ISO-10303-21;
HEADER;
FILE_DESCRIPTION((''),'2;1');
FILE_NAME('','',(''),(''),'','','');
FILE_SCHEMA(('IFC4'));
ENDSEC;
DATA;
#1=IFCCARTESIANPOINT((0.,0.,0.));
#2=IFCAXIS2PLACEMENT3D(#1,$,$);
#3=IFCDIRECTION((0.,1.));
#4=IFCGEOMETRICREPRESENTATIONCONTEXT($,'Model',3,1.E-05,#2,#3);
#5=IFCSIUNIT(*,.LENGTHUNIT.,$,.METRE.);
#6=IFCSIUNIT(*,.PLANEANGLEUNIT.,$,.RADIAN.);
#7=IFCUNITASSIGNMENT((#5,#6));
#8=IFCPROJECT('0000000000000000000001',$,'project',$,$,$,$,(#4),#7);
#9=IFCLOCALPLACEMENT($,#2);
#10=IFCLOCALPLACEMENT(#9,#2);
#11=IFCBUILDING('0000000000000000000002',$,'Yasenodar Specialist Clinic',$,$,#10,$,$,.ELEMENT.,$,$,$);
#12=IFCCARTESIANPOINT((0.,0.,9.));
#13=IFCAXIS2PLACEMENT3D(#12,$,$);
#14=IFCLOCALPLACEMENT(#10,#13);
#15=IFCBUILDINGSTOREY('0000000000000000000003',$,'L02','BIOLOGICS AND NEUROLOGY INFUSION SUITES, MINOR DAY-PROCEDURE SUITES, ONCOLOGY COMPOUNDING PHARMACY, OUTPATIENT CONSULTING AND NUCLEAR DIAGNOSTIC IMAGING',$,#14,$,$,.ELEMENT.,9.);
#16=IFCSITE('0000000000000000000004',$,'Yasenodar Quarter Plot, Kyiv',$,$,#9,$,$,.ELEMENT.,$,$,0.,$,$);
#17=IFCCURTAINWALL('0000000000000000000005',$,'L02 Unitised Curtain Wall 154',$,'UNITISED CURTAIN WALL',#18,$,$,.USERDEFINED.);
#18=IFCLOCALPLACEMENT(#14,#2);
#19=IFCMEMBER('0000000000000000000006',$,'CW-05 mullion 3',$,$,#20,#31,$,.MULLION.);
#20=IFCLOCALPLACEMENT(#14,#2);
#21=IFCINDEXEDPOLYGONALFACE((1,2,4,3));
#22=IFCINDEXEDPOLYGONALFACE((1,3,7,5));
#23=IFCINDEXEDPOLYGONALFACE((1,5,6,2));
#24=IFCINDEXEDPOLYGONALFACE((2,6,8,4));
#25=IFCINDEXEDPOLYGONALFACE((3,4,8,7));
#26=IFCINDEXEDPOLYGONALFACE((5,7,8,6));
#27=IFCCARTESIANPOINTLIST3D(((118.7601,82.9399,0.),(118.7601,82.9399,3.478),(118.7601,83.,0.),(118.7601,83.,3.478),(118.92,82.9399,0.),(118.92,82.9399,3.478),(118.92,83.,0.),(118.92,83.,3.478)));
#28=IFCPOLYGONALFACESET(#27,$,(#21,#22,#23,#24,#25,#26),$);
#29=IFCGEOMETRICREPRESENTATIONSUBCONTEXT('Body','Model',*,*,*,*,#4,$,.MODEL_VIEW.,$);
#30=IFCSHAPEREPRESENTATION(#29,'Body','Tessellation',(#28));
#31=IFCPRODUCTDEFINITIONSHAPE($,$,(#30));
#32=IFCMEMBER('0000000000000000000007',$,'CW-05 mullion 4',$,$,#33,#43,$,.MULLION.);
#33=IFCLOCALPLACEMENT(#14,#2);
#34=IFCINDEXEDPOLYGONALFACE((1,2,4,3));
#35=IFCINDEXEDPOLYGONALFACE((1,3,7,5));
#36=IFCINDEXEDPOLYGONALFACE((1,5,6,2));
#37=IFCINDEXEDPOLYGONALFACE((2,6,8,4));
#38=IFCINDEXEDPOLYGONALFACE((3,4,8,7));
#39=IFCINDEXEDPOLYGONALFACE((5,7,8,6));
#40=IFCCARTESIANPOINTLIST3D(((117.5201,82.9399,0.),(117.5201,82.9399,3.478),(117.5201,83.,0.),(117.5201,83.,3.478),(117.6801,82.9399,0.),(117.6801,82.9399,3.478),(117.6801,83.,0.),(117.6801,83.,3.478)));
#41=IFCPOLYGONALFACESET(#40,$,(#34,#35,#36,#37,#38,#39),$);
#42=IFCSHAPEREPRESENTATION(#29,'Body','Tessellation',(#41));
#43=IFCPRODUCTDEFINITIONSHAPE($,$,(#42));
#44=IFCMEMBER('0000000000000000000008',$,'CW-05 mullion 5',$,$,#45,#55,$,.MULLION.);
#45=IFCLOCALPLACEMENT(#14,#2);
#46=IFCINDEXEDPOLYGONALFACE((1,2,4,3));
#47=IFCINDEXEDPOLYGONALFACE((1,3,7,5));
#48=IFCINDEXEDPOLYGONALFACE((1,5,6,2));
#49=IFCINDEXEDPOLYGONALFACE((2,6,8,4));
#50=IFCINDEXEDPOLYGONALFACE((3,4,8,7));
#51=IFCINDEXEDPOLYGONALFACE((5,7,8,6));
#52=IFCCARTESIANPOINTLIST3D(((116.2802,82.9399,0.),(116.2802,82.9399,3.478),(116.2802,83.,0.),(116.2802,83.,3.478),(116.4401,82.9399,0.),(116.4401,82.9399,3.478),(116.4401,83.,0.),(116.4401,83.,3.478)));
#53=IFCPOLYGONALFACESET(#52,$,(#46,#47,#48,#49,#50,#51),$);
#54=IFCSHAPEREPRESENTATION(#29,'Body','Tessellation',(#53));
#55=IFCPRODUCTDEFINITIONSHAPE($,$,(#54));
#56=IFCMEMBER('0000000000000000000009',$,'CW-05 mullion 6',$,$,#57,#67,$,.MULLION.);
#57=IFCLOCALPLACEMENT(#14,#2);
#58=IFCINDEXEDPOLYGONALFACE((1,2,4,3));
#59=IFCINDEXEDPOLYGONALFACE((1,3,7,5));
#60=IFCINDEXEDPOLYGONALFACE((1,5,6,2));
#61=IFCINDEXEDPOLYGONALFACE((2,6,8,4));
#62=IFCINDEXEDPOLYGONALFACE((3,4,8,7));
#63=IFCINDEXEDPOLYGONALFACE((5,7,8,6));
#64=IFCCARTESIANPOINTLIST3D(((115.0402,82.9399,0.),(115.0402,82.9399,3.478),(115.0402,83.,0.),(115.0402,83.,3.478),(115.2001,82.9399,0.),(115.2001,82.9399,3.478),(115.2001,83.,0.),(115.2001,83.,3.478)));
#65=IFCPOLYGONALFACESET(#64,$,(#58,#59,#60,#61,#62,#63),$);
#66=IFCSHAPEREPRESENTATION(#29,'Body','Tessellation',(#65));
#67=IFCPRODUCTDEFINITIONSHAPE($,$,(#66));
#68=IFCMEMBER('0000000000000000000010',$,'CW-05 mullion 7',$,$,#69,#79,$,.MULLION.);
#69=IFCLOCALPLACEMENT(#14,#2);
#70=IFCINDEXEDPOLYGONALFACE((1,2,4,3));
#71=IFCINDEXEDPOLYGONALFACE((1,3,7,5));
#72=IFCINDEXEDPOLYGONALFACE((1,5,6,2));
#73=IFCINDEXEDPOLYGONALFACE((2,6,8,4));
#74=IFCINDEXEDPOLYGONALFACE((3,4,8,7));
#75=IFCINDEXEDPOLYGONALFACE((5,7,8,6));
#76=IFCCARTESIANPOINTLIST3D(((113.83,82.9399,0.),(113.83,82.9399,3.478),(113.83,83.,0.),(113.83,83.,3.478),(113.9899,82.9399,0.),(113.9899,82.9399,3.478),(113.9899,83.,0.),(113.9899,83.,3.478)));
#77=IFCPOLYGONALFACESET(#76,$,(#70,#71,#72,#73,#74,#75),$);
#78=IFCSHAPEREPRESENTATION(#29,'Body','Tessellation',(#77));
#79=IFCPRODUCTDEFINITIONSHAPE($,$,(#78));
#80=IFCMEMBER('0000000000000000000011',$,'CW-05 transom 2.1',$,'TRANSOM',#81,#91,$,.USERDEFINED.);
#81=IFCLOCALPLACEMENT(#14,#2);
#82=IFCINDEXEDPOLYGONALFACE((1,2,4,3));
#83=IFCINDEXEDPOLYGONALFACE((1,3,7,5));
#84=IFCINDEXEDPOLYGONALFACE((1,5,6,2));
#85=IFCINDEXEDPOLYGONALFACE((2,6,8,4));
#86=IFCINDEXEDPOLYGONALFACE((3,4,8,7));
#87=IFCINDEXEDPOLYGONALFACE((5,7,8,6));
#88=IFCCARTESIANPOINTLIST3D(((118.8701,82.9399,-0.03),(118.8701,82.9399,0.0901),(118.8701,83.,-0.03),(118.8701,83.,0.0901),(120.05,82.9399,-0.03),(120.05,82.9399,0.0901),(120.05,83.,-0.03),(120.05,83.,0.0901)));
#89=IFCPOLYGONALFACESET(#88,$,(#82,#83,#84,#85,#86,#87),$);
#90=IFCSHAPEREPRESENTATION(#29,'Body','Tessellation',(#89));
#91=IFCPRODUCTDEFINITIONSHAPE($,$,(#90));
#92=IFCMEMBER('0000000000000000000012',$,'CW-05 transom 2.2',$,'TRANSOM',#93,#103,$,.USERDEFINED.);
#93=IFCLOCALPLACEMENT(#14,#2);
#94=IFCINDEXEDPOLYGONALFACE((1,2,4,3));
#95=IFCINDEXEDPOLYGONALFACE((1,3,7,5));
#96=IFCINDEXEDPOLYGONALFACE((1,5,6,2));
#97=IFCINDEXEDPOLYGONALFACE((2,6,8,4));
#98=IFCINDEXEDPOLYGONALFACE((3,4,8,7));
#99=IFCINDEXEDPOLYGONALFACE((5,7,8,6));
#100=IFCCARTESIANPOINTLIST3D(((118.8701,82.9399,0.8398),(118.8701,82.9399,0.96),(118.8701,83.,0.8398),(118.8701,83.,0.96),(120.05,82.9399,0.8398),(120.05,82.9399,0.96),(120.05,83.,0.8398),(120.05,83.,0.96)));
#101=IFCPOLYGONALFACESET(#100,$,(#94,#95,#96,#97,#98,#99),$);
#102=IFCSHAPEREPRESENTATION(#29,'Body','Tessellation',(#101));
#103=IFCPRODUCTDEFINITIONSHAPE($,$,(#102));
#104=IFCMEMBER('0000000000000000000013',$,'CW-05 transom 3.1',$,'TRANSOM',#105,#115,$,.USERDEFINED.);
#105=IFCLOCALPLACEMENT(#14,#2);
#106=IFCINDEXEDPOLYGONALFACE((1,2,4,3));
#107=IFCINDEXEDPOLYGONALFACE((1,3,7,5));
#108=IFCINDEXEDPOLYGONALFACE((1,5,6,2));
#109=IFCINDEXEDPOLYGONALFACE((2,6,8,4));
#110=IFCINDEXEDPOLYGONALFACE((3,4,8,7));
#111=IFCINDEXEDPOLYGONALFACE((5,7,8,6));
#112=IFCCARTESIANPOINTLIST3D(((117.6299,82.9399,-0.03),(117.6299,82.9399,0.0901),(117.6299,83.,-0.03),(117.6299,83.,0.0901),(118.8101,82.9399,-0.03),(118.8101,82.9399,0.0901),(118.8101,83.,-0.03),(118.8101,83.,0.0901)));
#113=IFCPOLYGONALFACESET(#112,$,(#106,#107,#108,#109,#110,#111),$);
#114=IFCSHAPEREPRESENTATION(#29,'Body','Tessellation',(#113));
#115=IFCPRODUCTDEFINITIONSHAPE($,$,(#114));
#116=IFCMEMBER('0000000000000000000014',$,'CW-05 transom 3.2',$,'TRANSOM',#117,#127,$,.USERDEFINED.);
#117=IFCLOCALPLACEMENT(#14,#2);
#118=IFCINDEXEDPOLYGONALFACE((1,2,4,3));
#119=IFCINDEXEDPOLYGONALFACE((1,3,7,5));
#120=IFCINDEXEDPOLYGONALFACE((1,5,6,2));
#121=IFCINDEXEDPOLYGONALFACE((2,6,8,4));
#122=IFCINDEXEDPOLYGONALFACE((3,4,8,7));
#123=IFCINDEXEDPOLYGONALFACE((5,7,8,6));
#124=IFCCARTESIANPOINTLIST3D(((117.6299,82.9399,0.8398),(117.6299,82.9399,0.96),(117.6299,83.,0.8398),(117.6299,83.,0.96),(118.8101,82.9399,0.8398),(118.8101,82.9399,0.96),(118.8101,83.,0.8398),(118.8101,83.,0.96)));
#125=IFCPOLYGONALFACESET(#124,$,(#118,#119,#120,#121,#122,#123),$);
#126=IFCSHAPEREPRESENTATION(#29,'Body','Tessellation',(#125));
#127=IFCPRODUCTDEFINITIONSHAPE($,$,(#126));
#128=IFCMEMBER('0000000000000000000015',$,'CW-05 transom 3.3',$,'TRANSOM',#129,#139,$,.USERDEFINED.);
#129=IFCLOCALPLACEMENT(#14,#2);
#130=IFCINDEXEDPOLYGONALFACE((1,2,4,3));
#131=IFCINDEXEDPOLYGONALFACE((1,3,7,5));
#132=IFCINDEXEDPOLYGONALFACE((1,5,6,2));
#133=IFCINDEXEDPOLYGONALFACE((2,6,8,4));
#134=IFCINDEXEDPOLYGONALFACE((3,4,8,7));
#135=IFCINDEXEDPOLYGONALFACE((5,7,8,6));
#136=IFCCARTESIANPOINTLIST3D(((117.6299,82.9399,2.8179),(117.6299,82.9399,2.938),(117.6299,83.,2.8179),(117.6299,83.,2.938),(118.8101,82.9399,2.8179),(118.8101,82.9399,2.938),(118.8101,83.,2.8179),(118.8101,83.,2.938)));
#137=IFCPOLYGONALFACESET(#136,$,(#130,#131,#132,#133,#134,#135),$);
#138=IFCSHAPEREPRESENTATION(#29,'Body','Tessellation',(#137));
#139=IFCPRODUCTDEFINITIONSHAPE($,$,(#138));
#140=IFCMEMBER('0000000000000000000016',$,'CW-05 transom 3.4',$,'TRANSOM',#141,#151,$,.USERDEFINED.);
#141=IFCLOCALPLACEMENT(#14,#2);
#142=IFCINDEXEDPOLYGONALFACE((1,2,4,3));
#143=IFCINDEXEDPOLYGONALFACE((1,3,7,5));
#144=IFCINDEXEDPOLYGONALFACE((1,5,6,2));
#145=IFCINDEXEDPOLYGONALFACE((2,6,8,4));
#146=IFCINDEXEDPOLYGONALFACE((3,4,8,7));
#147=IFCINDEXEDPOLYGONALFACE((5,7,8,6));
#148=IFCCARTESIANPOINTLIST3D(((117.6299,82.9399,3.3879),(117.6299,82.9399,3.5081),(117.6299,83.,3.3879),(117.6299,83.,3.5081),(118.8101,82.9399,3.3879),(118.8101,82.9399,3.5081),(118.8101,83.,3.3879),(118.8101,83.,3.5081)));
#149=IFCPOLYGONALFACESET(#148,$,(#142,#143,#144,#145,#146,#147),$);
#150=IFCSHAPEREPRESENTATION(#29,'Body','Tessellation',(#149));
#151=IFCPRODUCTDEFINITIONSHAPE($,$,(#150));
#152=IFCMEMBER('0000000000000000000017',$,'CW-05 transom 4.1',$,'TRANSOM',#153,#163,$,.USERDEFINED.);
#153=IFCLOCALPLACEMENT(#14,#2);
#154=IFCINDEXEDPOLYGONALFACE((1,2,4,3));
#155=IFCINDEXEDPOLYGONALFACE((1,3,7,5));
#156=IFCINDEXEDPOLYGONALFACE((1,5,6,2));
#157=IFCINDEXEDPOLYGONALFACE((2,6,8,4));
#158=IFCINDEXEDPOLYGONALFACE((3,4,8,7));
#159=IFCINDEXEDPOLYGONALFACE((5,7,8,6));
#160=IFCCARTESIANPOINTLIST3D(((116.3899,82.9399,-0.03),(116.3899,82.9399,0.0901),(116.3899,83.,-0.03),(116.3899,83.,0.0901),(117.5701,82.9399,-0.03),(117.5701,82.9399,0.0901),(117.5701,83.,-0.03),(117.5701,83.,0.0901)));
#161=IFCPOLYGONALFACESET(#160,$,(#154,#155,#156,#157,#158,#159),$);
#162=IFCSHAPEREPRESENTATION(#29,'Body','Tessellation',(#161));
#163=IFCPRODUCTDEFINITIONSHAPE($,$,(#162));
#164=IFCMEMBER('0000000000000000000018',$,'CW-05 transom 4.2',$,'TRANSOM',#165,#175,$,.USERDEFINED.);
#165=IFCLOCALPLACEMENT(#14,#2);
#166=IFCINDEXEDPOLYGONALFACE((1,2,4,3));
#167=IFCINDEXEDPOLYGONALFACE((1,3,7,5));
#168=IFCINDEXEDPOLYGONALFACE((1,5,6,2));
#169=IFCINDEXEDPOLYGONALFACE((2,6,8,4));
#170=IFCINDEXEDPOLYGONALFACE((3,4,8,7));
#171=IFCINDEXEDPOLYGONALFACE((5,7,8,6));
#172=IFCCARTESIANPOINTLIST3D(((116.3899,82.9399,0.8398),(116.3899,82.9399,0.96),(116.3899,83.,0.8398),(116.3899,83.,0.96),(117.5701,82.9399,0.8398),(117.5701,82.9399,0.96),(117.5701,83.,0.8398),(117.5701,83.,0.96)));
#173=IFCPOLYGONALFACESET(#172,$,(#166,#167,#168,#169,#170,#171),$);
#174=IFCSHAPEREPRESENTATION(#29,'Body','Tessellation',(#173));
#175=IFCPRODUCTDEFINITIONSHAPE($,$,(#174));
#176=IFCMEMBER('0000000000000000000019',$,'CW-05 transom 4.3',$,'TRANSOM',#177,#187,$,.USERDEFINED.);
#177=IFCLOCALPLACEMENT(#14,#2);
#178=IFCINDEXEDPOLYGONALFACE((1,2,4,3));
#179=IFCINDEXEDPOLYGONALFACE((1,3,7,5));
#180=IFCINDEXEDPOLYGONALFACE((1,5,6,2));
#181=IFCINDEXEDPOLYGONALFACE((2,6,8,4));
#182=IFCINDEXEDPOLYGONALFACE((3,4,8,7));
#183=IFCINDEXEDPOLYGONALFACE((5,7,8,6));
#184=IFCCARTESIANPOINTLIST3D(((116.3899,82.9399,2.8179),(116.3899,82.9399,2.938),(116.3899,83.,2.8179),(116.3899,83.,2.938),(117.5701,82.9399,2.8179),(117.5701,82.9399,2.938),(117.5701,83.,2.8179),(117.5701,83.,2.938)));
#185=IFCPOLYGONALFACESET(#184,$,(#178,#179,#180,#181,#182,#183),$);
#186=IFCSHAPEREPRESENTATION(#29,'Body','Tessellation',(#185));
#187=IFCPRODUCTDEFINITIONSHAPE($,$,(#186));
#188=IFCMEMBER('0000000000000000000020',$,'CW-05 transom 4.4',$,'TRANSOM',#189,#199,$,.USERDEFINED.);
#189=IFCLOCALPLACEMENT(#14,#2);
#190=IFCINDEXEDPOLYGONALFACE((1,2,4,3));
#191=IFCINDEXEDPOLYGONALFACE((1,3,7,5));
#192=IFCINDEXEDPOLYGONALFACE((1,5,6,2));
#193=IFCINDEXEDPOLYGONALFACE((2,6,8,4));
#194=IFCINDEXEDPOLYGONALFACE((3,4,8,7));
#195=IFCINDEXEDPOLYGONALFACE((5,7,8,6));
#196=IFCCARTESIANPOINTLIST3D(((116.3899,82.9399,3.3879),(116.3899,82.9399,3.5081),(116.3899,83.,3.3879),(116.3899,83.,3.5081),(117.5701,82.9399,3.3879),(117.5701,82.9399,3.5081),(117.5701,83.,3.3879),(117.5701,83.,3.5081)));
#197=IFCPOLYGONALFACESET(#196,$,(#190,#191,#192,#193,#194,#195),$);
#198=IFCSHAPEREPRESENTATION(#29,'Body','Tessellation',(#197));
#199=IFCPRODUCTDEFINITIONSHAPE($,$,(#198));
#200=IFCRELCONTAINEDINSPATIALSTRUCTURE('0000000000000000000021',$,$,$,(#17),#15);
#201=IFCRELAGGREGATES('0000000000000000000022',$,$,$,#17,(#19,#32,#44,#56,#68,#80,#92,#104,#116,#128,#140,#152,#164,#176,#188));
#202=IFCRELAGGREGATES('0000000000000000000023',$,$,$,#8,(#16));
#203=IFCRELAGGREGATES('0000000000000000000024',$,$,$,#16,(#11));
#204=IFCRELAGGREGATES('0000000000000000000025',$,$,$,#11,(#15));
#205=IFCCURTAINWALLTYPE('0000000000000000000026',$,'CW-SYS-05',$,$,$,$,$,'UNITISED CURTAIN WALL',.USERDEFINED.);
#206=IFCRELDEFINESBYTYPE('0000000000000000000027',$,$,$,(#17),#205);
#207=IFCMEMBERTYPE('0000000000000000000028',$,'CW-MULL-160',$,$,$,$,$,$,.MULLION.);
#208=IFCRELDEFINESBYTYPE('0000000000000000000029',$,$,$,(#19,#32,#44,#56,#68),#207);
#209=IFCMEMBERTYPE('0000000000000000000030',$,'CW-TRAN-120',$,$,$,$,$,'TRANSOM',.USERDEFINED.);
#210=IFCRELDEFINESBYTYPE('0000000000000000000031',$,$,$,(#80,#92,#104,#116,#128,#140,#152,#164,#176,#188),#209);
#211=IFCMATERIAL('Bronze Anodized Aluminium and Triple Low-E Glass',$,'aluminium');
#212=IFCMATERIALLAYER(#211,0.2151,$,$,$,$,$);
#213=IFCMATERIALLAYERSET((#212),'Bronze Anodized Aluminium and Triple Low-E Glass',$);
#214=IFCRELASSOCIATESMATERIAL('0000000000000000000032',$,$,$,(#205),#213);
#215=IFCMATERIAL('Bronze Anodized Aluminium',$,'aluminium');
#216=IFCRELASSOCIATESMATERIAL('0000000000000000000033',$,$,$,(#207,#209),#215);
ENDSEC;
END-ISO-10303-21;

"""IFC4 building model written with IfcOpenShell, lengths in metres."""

from ifc_helpers import new_model, si_unit, direction, frame, origin, origin_2d, place, context, subcontext, project, spatial, rectangle, extrude, material, layer, layer_set, material_profile, profile_set, type_object, element, aggregate, save


model = new_model("IFC4")

# Units and contexts
model_context = context("Model", 3, precision=1e-05, world=origin(), true_north=direction((0.0, 1.0)))
body_context = subcontext(model_context, "Body", "Model", "MODEL_VIEW")
ifc_project = project(units=[si_unit("LENGTHUNIT", "METRE"), si_unit("PLANEANGLEUNIT", "RADIAN")], contexts=[model_context])

# Site, building, storey
site_placement = place(None, origin())
site = spatial("IfcSite", under=ifc_project, at=site_placement, Name="Yasenodar Quarter Plot, Kyiv", CompositionType="ELEMENT", RefElevation=0.0)
building_placement = place(site_placement, origin())
building = spatial("IfcBuilding", under=site, at=building_placement, Name="Yasenodar Specialist Clinic", CompositionType="ELEMENT")
storey_placement = place(building_placement, frame((0.0, 0.0, 9.0)))
storey = spatial("IfcBuildingStorey", under=building, at=storey_placement, Name="L02", Description="BIOLOGICS AND NEUROLOGY INFUSION SUITES, MINOR DAY-PROCEDURE SUITES, ONCOLOGY COMPOUNDING PHARMACY, OUTPATIENT CONSULTING AND NUCLEAR DIAGNOSTIC IMAGING", CompositionType="ELEMENT", Elevation=9.0)

# Curtain wall, members
ifc_material_1 = material(Name="Bronze Anodized Aluminium and Triple Low-E Glass", Category="aluminium")
ifc_layer_1 = layer(ifc_material_1, 0.2151)
ifc_layer_set_1 = layer_set([ifc_layer_1], Name="Bronze Anodized Aluminium and Triple Low-E Glass")
curtain_wall_type = type_object("IfcCurtainWallType", Name="CW-SYS-05", ElementType="UNITISED CURTAIN WALL", PredefinedType="USERDEFINED", material=ifc_layer_set_1)
curtain_wall_placement = place(storey_placement, origin())
curtain_wall = element("IfcCurtainWall", 1, at=curtain_wall_placement, inside=storey, type_object=curtain_wall_type, Name="L02 Unitised Curtain Wall 154", ObjectType="UNITISED CURTAIN WALL", PredefinedType="USERDEFINED")
ifc_material_2 = material(Name="Bronze Anodized Aluminium", Category="aluminium")
ifc_material_profile_1 = material_profile(ifc_material_2, rectangle(XDim=0.0601, YDim=0.1599, at=origin_2d()), Name="CW-MULL 60x160")
ifc_profile_set_1 = profile_set([ifc_material_profile_1], Name="Bronze Anodized Aluminium")
member_type_1 = type_object("IfcMemberType", Name="CW-MULL-160", PredefinedType="MULLION", material=ifc_profile_set_1)
member_1_placement = place(storey_placement, frame((118.8401, 82.97, 0.0), z_axis=(0.0, 0.0, 1.0), x_axis=(0.0, -1.0, 0.0)))
member_1 = element("IfcMember", 2, at=member_1_placement, type_object=member_type_1, Name="CW-05 mullion 3", PredefinedType="MULLION", context=body_context, shape_type="SweptSolid", body=[
    extrude(rectangle(XDim=0.0601, YDim=0.1599, at=origin_2d()), origin(), (0.0, 0.0, 1.0), 3.478),
])
member_2_placement = place(storey_placement, frame((117.6001, 82.97, 0.0), z_axis=(0.0, 0.0, 1.0), x_axis=(0.0, -1.0, 0.0)))
member_2 = element("IfcMember", 3, at=member_2_placement, type_object=member_type_1, Name="CW-05 mullion 4", PredefinedType="MULLION", context=body_context, shape_type="SweptSolid", body=[
    extrude(rectangle(XDim=0.0601, YDim=0.1599, at=origin_2d()), origin(), (0.0, 0.0, 1.0), 3.478),
])
member_3_placement = place(storey_placement, frame((116.3601, 82.97, 0.0), z_axis=(0.0, 0.0, 1.0), x_axis=(0.0, -1.0, 0.0)))
member_3 = element("IfcMember", 4, at=member_3_placement, type_object=member_type_1, Name="CW-05 mullion 5", PredefinedType="MULLION", context=body_context, shape_type="SweptSolid", body=[
    extrude(rectangle(XDim=0.0601, YDim=0.1599, at=origin_2d()), origin(), (0.0, 0.0, 1.0), 3.478),
])
member_4_placement = place(storey_placement, frame((115.1201, 82.97, 0.0), z_axis=(0.0, 0.0, 1.0), x_axis=(0.0, -1.0, 0.0)))
member_4 = element("IfcMember", 5, at=member_4_placement, type_object=member_type_1, Name="CW-05 mullion 6", PredefinedType="MULLION", context=body_context, shape_type="SweptSolid", body=[
    extrude(rectangle(XDim=0.0601, YDim=0.1599, at=origin_2d()), origin(), (0.0, 0.0, 1.0), 3.478),
])
member_5_placement = place(storey_placement, frame((113.9099, 82.97, 0.0), z_axis=(0.0, 0.0, 1.0), x_axis=(0.0, -1.0, 0.0)))
member_5 = element("IfcMember", 6, at=member_5_placement, type_object=member_type_1, Name="CW-05 mullion 7", PredefinedType="MULLION", context=body_context, shape_type="SweptSolid", body=[
    extrude(rectangle(XDim=0.0601, YDim=0.1599, at=origin_2d()), origin(), (0.0, 0.0, 1.0), 3.478),
])
ifc_material_profile_2 = material_profile(ifc_material_2, rectangle(XDim=0.0601, YDim=0.1201, at=origin_2d()), Name="CW-TRAN 60x120")
ifc_profile_set_2 = profile_set([ifc_material_profile_2], Name="Bronze Anodized Aluminium")
member_type_2 = type_object("IfcMemberType", Name="CW-TRAN-120", ElementType="TRANSOM", PredefinedType="USERDEFINED", material=ifc_profile_set_2)
member_6_placement = place(storey_placement, frame((120.05, 82.97, 0.03), z_axis=(-1.0, 0.0, 0.0), x_axis=(0.0, -1.0, 0.0)))
member_6 = element("IfcMember", 7, at=member_6_placement, type_object=member_type_2, Name="CW-05 transom 2.1", ObjectType="TRANSOM", PredefinedType="USERDEFINED", context=body_context, shape_type="SweptSolid", body=[
    extrude(rectangle(XDim=0.0601, YDim=0.1201, at=origin_2d()), origin(), (0.0, 0.0, 1.0), 1.1799),
])
member_7_placement = place(storey_placement, frame((120.05, 82.97, 0.8999), z_axis=(-1.0, 0.0, 0.0), x_axis=(0.0, -1.0, 0.0)))
member_7 = element("IfcMember", 8, at=member_7_placement, type_object=member_type_2, Name="CW-05 transom 2.2", ObjectType="TRANSOM", PredefinedType="USERDEFINED", context=body_context, shape_type="SweptSolid", body=[
    extrude(rectangle(XDim=0.0601, YDim=0.1201, at=origin_2d()), origin(), (0.0, 0.0, 1.0), 1.1799),
])
member_8_placement = place(storey_placement, frame((118.8101, 82.97, 0.03), z_axis=(-1.0, 0.0, 0.0), x_axis=(0.0, -1.0, 0.0)))
member_8 = element("IfcMember", 9, at=member_8_placement, type_object=member_type_2, Name="CW-05 transom 3.1", ObjectType="TRANSOM", PredefinedType="USERDEFINED", context=body_context, shape_type="SweptSolid", body=[
    extrude(rectangle(XDim=0.0601, YDim=0.1201, at=origin_2d()), origin(), (0.0, 0.0, 1.0), 1.1802),
])
member_9_placement = place(storey_placement, frame((118.8101, 82.97, 0.8999), z_axis=(-1.0, 0.0, 0.0), x_axis=(0.0, -1.0, 0.0)))
member_9 = element("IfcMember", 10, at=member_9_placement, type_object=member_type_2, Name="CW-05 transom 3.2", ObjectType="TRANSOM", PredefinedType="USERDEFINED", context=body_context, shape_type="SweptSolid", body=[
    extrude(rectangle(XDim=0.0601, YDim=0.1201, at=origin_2d()), origin(), (0.0, 0.0, 1.0), 1.1802),
])
member_10_placement = place(storey_placement, frame((118.8101, 82.97, 2.8779), z_axis=(-1.0, 0.0, 0.0), x_axis=(0.0, -1.0, 0.0)))
member_10 = element("IfcMember", 11, at=member_10_placement, type_object=member_type_2, Name="CW-05 transom 3.3", ObjectType="TRANSOM", PredefinedType="USERDEFINED", context=body_context, shape_type="SweptSolid", body=[
    extrude(rectangle(XDim=0.0601, YDim=0.1201, at=origin_2d()), origin(), (0.0, 0.0, 1.0), 1.1802),
])
member_11_placement = place(storey_placement, frame((118.8101, 82.97, 3.448), z_axis=(-1.0, 0.0, 0.0), x_axis=(0.0, -1.0, 0.0)))
member_11 = element("IfcMember", 12, at=member_11_placement, type_object=member_type_2, Name="CW-05 transom 3.4", ObjectType="TRANSOM", PredefinedType="USERDEFINED", context=body_context, shape_type="SweptSolid", body=[
    extrude(rectangle(XDim=0.0601, YDim=0.1201, at=origin_2d()), origin(), (0.0, 0.0, 1.0), 1.1802),
])
member_12_placement = place(storey_placement, frame((117.5701, 82.97, 0.03), z_axis=(-1.0, 0.0, 0.0), x_axis=(0.0, -1.0, 0.0)))
member_12 = element("IfcMember", 13, at=member_12_placement, type_object=member_type_2, Name="CW-05 transom 4.1", ObjectType="TRANSOM", PredefinedType="USERDEFINED", context=body_context, shape_type="SweptSolid", body=[
    extrude(rectangle(XDim=0.0601, YDim=0.1201, at=origin_2d()), origin(), (0.0, 0.0, 1.0), 1.1802),
])
member_13_placement = place(storey_placement, frame((117.5701, 82.97, 0.8999), z_axis=(-1.0, 0.0, 0.0), x_axis=(0.0, -1.0, 0.0)))
member_13 = element("IfcMember", 14, at=member_13_placement, type_object=member_type_2, Name="CW-05 transom 4.2", ObjectType="TRANSOM", PredefinedType="USERDEFINED", context=body_context, shape_type="SweptSolid", body=[
    extrude(rectangle(XDim=0.0601, YDim=0.1201, at=origin_2d()), origin(), (0.0, 0.0, 1.0), 1.1802),
])
member_14_placement = place(storey_placement, frame((117.5701, 82.97, 2.8779), z_axis=(-1.0, 0.0, 0.0), x_axis=(0.0, -1.0, 0.0)))
member_14 = element("IfcMember", 15, at=member_14_placement, type_object=member_type_2, Name="CW-05 transom 4.3", ObjectType="TRANSOM", PredefinedType="USERDEFINED", context=body_context, shape_type="SweptSolid", body=[
    extrude(rectangle(XDim=0.0601, YDim=0.1201, at=origin_2d()), origin(), (0.0, 0.0, 1.0), 1.1802),
])
member_15_placement = place(storey_placement, frame((117.5701, 82.97, 3.448), z_axis=(-1.0, 0.0, 0.0), x_axis=(0.0, -1.0, 0.0)))
member_15 = element("IfcMember", 16, at=member_15_placement, type_object=member_type_2, Name="CW-05 transom 4.4", ObjectType="TRANSOM", PredefinedType="USERDEFINED", context=body_context, shape_type="SweptSolid", body=[
    extrude(rectangle(XDim=0.0601, YDim=0.1201, at=origin_2d()), origin(), (0.0, 0.0, 1.0), 1.1802),
])
aggregate(curtain_wall, [member_1, member_2, member_3, member_4, member_5, member_6, member_7, member_8, member_9, member_10, member_11, member_12, member_13, member_14, member_15])

save(model, "model.ifc")
